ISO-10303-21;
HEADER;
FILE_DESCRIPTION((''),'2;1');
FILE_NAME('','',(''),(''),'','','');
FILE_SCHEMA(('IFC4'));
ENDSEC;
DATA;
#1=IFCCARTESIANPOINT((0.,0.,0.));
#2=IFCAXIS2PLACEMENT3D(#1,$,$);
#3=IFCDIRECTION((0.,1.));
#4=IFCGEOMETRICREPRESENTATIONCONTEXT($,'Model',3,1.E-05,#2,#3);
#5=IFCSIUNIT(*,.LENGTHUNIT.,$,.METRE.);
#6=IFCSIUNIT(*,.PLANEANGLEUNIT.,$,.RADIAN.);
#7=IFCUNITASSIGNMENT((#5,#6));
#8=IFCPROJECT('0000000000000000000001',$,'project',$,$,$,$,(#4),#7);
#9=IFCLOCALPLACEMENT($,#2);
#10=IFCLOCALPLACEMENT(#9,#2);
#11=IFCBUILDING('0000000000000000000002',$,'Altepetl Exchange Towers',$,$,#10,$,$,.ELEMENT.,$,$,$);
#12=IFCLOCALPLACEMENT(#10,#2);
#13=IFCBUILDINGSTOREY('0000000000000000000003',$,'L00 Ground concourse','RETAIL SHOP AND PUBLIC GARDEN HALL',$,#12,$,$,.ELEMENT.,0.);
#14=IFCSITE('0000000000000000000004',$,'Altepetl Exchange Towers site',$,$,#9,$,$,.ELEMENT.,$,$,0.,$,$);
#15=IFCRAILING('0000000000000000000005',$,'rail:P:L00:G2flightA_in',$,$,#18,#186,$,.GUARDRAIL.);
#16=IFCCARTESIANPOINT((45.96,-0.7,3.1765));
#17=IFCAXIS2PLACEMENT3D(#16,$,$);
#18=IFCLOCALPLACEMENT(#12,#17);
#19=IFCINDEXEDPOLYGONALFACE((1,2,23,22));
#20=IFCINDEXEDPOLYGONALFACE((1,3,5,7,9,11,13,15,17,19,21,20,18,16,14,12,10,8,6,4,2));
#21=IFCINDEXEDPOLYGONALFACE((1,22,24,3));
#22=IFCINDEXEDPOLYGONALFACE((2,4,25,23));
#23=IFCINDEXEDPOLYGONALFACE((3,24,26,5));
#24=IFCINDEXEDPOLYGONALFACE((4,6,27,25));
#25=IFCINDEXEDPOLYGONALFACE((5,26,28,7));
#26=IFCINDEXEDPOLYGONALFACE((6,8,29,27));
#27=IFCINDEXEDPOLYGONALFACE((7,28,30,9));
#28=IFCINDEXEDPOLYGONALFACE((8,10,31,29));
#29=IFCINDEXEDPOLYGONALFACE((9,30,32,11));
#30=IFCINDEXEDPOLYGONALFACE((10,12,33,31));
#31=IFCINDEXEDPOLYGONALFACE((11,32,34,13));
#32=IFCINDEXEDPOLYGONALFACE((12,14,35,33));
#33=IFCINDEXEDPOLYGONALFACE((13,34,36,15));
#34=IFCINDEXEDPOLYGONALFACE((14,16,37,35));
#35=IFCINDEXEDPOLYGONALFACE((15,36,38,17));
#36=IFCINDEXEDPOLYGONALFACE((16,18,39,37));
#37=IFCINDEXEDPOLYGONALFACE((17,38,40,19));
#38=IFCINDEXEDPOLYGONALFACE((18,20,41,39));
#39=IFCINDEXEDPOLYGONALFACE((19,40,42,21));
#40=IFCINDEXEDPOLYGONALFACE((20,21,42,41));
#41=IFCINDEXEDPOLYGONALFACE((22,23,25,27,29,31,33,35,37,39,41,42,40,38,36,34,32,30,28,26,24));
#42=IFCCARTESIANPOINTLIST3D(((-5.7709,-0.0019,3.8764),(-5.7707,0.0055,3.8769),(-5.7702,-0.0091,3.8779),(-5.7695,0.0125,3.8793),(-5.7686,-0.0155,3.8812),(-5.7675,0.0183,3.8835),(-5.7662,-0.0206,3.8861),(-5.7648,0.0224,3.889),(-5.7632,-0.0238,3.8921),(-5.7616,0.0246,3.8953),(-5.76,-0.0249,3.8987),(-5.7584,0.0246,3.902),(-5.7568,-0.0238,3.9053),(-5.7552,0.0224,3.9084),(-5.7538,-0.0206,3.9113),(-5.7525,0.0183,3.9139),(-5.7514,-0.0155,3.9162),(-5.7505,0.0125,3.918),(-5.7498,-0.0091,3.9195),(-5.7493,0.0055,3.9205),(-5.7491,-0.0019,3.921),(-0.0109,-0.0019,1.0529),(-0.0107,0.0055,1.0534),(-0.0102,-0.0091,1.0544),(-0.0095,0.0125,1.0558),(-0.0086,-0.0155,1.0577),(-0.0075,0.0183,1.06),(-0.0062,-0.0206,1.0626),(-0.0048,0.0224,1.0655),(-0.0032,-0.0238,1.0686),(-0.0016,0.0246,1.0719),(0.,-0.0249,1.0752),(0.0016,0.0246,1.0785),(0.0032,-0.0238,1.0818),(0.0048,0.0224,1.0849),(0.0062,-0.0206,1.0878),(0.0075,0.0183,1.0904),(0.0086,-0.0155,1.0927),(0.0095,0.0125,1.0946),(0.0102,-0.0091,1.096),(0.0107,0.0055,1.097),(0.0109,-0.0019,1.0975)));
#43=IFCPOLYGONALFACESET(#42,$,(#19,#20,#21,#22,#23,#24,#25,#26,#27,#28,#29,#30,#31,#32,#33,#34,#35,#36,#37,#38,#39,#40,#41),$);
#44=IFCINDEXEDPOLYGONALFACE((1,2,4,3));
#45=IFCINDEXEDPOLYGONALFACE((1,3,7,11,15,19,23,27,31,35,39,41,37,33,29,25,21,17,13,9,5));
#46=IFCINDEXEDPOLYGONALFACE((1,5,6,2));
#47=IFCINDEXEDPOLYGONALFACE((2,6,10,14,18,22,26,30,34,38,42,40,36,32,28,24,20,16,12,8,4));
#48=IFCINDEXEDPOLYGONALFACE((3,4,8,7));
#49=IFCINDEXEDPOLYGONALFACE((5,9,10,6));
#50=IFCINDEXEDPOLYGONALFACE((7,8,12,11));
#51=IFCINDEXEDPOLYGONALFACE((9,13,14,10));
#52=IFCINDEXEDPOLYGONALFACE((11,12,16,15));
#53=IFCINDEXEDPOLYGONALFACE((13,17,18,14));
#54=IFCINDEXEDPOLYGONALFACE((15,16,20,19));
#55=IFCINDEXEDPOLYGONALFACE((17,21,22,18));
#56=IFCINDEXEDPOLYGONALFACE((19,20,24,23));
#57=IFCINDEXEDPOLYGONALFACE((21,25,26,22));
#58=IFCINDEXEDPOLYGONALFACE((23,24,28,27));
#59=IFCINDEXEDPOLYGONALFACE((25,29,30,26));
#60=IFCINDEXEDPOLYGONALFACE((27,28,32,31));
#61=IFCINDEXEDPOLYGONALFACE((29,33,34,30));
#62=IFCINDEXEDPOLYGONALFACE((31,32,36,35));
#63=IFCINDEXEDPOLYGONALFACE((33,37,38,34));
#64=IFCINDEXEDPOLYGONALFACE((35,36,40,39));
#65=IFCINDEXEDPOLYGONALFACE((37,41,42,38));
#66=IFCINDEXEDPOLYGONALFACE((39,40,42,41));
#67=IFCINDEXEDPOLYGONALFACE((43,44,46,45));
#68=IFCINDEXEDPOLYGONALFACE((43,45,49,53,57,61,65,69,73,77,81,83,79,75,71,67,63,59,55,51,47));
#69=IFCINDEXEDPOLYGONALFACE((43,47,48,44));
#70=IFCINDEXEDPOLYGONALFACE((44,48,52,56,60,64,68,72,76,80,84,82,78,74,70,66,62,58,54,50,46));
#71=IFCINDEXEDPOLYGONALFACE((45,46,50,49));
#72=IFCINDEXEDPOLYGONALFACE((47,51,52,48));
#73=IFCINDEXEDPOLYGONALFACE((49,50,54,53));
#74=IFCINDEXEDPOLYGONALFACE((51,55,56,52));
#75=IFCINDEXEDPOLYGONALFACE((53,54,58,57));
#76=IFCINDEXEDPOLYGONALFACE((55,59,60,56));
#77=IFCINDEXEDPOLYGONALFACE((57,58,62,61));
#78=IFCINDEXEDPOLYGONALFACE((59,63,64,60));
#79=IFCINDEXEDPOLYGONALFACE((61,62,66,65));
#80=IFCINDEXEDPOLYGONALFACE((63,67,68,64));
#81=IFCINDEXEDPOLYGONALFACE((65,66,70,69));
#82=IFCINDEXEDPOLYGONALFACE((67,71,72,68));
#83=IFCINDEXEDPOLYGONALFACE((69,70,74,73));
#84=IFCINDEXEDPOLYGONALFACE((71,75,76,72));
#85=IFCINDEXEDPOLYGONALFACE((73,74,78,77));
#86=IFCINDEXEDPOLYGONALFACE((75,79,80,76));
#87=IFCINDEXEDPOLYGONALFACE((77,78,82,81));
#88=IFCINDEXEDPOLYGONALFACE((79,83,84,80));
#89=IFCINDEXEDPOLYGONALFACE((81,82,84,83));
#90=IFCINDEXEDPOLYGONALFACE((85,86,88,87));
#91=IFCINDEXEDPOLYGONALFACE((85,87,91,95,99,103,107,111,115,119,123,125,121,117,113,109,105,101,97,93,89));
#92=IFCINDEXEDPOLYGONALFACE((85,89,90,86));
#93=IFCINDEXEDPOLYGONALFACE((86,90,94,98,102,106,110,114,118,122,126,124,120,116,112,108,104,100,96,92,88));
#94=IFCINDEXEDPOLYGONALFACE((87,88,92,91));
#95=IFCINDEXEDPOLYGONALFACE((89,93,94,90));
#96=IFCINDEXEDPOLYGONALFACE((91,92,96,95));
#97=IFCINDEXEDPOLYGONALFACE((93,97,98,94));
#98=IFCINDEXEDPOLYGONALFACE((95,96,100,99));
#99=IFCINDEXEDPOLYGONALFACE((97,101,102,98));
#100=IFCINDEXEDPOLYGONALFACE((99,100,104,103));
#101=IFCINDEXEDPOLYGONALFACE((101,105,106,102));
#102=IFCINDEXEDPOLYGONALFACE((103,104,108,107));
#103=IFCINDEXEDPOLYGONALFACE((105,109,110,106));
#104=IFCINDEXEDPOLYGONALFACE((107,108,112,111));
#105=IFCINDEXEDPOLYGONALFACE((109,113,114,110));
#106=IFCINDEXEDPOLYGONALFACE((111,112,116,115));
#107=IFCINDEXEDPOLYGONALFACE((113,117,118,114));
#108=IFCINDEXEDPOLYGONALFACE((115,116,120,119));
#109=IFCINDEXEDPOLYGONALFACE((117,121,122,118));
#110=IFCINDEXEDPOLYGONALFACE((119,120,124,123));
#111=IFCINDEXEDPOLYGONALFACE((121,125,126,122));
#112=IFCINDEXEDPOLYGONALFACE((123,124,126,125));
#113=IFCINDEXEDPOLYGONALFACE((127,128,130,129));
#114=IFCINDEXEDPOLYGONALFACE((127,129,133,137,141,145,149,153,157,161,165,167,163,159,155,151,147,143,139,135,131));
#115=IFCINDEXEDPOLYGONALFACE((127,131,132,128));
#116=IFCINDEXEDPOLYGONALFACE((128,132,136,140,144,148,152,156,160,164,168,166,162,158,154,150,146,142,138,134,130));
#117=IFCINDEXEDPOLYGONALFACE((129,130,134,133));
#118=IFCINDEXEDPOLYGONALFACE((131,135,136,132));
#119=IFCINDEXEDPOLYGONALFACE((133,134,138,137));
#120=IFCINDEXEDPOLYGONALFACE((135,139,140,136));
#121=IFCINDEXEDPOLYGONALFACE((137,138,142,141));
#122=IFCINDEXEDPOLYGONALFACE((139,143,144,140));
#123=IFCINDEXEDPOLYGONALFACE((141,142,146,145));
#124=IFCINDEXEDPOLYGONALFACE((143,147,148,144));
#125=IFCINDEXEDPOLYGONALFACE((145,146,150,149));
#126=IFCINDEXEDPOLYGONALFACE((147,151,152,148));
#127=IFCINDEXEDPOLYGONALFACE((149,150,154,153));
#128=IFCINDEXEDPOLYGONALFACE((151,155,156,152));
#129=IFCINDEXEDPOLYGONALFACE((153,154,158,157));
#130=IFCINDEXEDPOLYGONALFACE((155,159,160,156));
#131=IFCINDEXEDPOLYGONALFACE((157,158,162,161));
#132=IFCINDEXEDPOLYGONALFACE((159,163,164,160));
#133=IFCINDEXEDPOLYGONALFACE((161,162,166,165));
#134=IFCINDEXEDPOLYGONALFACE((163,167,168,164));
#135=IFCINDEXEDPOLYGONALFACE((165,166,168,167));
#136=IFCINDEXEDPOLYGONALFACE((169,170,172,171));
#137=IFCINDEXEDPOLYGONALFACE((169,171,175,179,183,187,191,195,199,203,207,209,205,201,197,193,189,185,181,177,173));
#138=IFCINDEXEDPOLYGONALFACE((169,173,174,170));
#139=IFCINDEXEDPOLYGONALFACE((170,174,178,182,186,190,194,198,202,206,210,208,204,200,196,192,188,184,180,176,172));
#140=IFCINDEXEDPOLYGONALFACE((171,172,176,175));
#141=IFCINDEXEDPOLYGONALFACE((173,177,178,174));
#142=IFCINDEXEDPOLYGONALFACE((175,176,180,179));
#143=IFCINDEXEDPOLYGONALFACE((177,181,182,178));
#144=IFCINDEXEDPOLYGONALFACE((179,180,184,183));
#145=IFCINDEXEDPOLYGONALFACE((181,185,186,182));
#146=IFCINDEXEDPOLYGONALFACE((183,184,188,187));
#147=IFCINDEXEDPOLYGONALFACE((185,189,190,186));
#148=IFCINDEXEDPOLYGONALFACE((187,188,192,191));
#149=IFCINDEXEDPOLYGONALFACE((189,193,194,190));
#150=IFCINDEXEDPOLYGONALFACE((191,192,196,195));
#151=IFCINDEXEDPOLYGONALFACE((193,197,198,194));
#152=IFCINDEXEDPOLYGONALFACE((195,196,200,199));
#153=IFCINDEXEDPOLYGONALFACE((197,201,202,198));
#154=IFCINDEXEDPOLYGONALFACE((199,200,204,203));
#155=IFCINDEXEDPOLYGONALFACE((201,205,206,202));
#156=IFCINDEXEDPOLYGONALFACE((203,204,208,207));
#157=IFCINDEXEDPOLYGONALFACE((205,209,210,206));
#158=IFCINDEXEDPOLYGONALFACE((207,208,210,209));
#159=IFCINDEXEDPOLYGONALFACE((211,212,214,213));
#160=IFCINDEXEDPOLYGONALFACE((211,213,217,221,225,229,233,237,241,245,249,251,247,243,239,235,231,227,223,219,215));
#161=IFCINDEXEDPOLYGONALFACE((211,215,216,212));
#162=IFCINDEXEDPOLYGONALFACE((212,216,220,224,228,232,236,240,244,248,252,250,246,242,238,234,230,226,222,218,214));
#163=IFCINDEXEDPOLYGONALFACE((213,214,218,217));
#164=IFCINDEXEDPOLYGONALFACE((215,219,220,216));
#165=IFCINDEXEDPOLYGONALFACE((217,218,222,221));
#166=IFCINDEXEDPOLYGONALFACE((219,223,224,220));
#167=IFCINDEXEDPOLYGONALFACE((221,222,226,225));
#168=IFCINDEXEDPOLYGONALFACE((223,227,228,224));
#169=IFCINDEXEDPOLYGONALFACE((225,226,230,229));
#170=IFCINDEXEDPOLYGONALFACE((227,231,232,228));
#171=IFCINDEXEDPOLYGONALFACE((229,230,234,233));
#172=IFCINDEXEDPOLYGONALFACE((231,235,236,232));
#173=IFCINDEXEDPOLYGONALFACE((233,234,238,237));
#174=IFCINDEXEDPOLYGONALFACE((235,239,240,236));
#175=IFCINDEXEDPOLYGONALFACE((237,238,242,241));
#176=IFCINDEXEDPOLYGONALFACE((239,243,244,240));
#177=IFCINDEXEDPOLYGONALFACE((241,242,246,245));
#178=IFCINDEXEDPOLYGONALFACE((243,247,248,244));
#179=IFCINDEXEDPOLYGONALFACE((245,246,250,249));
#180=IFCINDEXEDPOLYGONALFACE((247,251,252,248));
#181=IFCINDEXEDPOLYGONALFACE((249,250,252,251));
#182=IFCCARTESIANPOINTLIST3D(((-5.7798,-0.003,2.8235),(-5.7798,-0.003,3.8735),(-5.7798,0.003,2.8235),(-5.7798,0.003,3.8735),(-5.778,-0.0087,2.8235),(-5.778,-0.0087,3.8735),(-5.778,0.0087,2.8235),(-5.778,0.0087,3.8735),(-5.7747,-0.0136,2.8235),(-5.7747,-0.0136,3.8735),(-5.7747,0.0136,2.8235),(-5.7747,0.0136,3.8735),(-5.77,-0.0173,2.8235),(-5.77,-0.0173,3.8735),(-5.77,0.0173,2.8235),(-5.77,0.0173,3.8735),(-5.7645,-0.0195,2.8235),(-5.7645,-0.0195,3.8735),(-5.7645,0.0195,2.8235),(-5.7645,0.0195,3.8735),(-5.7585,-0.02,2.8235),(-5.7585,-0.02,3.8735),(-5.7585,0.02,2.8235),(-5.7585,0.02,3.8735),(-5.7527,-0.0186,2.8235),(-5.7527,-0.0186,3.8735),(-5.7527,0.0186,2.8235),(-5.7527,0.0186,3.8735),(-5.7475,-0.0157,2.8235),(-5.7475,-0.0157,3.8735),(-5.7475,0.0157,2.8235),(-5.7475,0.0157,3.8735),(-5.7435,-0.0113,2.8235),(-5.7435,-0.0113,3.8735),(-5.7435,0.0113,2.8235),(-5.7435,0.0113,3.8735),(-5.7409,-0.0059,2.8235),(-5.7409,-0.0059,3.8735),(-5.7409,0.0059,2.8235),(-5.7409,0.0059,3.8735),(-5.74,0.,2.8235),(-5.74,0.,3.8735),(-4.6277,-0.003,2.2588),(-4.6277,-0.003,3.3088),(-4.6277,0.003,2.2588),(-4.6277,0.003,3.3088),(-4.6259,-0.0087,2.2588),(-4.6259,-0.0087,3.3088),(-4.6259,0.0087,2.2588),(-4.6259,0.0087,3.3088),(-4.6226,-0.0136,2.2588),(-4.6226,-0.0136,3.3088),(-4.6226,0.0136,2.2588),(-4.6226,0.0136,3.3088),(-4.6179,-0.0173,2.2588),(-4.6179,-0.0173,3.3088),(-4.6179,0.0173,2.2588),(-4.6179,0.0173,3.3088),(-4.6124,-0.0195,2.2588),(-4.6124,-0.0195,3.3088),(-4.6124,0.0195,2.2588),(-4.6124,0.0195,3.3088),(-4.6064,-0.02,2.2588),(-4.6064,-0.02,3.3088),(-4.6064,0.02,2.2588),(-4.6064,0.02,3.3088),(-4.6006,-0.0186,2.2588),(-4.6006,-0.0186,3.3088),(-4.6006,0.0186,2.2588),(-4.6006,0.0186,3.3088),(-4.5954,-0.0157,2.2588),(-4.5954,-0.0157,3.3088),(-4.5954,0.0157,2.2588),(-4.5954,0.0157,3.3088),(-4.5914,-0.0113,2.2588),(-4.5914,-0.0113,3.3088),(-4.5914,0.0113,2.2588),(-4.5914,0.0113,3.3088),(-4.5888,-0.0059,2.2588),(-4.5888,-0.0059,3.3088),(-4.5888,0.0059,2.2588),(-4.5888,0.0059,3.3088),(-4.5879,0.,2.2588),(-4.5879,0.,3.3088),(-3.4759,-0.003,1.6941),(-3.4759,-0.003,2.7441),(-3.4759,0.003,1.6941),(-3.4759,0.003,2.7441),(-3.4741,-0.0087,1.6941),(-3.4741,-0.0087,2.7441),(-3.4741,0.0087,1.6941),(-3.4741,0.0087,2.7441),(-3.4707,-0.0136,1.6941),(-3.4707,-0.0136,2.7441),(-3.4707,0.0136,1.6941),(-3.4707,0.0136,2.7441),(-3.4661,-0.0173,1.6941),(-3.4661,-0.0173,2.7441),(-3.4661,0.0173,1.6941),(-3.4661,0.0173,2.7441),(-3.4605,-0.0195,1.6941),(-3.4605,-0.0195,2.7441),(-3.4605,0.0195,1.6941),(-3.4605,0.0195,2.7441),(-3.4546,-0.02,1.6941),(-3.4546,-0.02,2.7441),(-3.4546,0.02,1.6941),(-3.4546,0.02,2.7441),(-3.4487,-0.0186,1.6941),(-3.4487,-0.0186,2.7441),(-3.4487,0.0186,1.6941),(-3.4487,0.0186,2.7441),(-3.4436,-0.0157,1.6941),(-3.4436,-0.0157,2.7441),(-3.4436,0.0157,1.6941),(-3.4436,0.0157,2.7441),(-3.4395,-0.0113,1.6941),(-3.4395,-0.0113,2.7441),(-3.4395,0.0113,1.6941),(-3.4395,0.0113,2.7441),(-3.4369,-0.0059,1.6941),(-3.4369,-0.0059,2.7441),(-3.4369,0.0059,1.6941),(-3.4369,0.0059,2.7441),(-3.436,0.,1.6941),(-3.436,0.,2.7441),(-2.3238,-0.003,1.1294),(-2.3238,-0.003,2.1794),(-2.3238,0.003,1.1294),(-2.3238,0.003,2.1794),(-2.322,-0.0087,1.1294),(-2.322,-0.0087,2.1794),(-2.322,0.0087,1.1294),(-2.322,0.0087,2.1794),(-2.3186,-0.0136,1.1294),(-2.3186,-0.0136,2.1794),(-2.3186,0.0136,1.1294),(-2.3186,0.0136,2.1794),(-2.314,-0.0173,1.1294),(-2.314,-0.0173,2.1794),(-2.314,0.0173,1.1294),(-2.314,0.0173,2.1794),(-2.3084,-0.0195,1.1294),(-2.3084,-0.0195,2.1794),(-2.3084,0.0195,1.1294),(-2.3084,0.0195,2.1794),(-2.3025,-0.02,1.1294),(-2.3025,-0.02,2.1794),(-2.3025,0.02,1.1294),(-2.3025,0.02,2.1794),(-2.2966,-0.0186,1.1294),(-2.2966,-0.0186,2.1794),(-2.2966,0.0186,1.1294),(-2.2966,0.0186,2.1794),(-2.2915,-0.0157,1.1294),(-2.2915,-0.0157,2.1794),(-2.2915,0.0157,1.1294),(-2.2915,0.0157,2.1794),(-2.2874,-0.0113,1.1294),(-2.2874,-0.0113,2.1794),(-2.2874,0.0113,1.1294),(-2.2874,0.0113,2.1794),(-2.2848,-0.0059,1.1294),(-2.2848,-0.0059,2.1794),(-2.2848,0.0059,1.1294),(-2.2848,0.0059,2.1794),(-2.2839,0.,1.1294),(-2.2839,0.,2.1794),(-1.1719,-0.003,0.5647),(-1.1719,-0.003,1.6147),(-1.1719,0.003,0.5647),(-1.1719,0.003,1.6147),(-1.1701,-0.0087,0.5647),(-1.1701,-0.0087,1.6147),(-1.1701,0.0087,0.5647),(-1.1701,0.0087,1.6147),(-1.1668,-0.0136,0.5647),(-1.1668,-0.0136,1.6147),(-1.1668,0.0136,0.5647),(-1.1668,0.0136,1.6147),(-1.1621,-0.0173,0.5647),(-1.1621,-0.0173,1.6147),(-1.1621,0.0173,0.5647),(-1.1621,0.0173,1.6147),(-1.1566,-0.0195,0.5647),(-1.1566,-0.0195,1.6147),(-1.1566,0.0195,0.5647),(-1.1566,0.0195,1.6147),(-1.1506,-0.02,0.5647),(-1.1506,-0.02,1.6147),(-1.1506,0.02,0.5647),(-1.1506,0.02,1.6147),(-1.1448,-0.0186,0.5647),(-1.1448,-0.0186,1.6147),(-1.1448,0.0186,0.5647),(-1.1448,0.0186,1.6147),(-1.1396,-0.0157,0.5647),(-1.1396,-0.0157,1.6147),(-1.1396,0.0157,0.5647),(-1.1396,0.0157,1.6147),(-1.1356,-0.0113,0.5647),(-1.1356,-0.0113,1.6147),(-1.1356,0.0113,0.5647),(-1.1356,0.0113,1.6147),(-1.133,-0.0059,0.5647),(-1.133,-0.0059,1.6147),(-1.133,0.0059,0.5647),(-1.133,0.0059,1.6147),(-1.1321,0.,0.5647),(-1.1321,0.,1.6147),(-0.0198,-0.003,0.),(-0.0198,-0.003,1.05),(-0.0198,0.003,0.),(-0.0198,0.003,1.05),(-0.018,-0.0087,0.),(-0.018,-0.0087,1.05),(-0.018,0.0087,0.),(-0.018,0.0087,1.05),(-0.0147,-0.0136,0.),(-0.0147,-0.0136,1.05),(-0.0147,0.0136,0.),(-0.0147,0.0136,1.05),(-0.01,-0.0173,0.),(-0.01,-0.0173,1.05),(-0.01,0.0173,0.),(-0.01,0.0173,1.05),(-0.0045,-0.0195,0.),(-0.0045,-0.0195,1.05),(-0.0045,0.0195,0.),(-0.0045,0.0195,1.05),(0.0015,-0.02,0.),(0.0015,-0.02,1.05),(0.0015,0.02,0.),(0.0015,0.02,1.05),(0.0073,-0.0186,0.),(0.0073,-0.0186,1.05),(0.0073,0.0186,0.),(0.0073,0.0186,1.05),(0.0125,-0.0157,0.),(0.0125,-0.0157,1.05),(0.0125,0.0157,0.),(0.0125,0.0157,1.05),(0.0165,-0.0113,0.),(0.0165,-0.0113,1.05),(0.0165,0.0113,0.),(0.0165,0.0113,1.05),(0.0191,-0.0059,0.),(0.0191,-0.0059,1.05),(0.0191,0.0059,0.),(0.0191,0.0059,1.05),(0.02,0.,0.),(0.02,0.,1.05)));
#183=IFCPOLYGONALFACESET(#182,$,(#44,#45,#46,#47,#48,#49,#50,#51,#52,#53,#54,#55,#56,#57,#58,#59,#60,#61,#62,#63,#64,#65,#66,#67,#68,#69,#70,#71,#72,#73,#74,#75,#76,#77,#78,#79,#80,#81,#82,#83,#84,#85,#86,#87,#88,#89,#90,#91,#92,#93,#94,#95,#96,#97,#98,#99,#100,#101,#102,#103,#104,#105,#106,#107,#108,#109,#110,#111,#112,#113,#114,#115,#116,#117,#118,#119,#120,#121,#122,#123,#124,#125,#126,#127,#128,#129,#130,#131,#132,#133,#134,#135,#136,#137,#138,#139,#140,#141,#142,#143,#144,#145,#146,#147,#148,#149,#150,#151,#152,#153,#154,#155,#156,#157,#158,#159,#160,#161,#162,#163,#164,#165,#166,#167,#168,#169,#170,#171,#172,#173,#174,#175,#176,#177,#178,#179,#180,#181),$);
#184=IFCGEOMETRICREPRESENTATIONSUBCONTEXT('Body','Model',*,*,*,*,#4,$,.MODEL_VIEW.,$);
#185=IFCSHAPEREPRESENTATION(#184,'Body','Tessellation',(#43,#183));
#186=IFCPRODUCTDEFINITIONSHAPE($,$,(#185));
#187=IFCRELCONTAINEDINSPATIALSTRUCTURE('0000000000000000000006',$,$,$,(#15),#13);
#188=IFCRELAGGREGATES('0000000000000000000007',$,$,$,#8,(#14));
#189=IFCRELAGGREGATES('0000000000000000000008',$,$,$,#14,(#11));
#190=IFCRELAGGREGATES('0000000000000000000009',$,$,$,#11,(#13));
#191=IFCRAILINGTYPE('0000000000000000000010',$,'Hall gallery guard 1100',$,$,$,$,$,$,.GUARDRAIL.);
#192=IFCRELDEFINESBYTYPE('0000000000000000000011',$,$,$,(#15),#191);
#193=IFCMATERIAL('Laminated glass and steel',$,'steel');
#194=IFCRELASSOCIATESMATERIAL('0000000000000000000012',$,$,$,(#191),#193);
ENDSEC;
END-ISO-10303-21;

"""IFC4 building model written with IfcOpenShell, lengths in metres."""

from ifc_helpers import new_model, si_unit, direction, frame, origin, origin_2d, place, context, subcontext, project, spatial, circle, extrude, source, transform, mapped, material, type_object, element, save


model = new_model("IFC4")

# Units and contexts
model_context = context("Model", 3, precision=1e-05, world=origin(), true_north=direction((0.0, 1.0)))
body_context = subcontext(model_context, "Body", "Model", "MODEL_VIEW")
ifc_project = project(units=[si_unit("LENGTHUNIT", "METRE"), si_unit("PLANEANGLEUNIT", "RADIAN")], contexts=[model_context])

# Site, building, storey
site_placement = place(None, origin())
site = spatial("IfcSite", under=ifc_project, at=site_placement, Name="Altepetl Exchange Towers site", CompositionType="ELEMENT", RefElevation=0.0)
building_placement = place(site_placement, origin())
building = spatial("IfcBuilding", under=site, at=building_placement, Name="Altepetl Exchange Towers", CompositionType="ELEMENT")
storey_placement = place(building_placement, origin())
storey = spatial("IfcBuildingStorey", under=building, at=storey_placement, Name="L00 Ground concourse", Description="RETAIL SHOP AND PUBLIC GARDEN HALL", CompositionType="ELEMENT", Elevation=0.0)

# Railing
ifc_material_1 = material(Name="Laminated glass and steel", Category="steel")
railing_type_1 = type_object("IfcRailingType", Name="Hall gallery guard 1100", PredefinedType="GUARDRAIL", material=ifc_material_1)
shared_shape_1 = source(origin(), body_context, "Body", "SweptSolid", [
    extrude(circle(Radius=0.02, at=origin_2d()), origin(), (0.0, 0.0, 1.0), 1.05),
])
for number, where, name in (
    (1, (45.96, -0.7, 3.1765), "rail:P:L00:G2flightA_in"),
):
    element("IfcRailing", number, at=place(storey_placement, frame(where)), inside=storey, type_object=railing_type_1, Name=name, PredefinedType="GUARDRAIL", context=body_context, shape_type="SweptSolid", body=[
        extrude(circle(Radius=0.0249, at=origin_2d()), frame((0.0, 0.0, 1.0752), z_axis=(-0.897924, 0.0, 0.440151), x_axis=(0.0, -1.0, 0.0)), (0.0, 0.0, 1.0), 6.4148),
        mapped(shared_shape_1, transform((0.0, 0.0, 0.0))),
        mapped(shared_shape_1, transform((-1.1521, 0.0, 0.5647))),
        mapped(shared_shape_1, transform((-2.304, 0.0, 1.1294))),
        mapped(shared_shape_1, transform((-3.4561, 0.0, 1.6941))),
        mapped(shared_shape_1, transform((-4.6079, 0.0, 2.2588))),
        mapped(shared_shape_1, transform((-5.76, 0.0, 2.8235))),
    ])

save(model, "model.ifc")
